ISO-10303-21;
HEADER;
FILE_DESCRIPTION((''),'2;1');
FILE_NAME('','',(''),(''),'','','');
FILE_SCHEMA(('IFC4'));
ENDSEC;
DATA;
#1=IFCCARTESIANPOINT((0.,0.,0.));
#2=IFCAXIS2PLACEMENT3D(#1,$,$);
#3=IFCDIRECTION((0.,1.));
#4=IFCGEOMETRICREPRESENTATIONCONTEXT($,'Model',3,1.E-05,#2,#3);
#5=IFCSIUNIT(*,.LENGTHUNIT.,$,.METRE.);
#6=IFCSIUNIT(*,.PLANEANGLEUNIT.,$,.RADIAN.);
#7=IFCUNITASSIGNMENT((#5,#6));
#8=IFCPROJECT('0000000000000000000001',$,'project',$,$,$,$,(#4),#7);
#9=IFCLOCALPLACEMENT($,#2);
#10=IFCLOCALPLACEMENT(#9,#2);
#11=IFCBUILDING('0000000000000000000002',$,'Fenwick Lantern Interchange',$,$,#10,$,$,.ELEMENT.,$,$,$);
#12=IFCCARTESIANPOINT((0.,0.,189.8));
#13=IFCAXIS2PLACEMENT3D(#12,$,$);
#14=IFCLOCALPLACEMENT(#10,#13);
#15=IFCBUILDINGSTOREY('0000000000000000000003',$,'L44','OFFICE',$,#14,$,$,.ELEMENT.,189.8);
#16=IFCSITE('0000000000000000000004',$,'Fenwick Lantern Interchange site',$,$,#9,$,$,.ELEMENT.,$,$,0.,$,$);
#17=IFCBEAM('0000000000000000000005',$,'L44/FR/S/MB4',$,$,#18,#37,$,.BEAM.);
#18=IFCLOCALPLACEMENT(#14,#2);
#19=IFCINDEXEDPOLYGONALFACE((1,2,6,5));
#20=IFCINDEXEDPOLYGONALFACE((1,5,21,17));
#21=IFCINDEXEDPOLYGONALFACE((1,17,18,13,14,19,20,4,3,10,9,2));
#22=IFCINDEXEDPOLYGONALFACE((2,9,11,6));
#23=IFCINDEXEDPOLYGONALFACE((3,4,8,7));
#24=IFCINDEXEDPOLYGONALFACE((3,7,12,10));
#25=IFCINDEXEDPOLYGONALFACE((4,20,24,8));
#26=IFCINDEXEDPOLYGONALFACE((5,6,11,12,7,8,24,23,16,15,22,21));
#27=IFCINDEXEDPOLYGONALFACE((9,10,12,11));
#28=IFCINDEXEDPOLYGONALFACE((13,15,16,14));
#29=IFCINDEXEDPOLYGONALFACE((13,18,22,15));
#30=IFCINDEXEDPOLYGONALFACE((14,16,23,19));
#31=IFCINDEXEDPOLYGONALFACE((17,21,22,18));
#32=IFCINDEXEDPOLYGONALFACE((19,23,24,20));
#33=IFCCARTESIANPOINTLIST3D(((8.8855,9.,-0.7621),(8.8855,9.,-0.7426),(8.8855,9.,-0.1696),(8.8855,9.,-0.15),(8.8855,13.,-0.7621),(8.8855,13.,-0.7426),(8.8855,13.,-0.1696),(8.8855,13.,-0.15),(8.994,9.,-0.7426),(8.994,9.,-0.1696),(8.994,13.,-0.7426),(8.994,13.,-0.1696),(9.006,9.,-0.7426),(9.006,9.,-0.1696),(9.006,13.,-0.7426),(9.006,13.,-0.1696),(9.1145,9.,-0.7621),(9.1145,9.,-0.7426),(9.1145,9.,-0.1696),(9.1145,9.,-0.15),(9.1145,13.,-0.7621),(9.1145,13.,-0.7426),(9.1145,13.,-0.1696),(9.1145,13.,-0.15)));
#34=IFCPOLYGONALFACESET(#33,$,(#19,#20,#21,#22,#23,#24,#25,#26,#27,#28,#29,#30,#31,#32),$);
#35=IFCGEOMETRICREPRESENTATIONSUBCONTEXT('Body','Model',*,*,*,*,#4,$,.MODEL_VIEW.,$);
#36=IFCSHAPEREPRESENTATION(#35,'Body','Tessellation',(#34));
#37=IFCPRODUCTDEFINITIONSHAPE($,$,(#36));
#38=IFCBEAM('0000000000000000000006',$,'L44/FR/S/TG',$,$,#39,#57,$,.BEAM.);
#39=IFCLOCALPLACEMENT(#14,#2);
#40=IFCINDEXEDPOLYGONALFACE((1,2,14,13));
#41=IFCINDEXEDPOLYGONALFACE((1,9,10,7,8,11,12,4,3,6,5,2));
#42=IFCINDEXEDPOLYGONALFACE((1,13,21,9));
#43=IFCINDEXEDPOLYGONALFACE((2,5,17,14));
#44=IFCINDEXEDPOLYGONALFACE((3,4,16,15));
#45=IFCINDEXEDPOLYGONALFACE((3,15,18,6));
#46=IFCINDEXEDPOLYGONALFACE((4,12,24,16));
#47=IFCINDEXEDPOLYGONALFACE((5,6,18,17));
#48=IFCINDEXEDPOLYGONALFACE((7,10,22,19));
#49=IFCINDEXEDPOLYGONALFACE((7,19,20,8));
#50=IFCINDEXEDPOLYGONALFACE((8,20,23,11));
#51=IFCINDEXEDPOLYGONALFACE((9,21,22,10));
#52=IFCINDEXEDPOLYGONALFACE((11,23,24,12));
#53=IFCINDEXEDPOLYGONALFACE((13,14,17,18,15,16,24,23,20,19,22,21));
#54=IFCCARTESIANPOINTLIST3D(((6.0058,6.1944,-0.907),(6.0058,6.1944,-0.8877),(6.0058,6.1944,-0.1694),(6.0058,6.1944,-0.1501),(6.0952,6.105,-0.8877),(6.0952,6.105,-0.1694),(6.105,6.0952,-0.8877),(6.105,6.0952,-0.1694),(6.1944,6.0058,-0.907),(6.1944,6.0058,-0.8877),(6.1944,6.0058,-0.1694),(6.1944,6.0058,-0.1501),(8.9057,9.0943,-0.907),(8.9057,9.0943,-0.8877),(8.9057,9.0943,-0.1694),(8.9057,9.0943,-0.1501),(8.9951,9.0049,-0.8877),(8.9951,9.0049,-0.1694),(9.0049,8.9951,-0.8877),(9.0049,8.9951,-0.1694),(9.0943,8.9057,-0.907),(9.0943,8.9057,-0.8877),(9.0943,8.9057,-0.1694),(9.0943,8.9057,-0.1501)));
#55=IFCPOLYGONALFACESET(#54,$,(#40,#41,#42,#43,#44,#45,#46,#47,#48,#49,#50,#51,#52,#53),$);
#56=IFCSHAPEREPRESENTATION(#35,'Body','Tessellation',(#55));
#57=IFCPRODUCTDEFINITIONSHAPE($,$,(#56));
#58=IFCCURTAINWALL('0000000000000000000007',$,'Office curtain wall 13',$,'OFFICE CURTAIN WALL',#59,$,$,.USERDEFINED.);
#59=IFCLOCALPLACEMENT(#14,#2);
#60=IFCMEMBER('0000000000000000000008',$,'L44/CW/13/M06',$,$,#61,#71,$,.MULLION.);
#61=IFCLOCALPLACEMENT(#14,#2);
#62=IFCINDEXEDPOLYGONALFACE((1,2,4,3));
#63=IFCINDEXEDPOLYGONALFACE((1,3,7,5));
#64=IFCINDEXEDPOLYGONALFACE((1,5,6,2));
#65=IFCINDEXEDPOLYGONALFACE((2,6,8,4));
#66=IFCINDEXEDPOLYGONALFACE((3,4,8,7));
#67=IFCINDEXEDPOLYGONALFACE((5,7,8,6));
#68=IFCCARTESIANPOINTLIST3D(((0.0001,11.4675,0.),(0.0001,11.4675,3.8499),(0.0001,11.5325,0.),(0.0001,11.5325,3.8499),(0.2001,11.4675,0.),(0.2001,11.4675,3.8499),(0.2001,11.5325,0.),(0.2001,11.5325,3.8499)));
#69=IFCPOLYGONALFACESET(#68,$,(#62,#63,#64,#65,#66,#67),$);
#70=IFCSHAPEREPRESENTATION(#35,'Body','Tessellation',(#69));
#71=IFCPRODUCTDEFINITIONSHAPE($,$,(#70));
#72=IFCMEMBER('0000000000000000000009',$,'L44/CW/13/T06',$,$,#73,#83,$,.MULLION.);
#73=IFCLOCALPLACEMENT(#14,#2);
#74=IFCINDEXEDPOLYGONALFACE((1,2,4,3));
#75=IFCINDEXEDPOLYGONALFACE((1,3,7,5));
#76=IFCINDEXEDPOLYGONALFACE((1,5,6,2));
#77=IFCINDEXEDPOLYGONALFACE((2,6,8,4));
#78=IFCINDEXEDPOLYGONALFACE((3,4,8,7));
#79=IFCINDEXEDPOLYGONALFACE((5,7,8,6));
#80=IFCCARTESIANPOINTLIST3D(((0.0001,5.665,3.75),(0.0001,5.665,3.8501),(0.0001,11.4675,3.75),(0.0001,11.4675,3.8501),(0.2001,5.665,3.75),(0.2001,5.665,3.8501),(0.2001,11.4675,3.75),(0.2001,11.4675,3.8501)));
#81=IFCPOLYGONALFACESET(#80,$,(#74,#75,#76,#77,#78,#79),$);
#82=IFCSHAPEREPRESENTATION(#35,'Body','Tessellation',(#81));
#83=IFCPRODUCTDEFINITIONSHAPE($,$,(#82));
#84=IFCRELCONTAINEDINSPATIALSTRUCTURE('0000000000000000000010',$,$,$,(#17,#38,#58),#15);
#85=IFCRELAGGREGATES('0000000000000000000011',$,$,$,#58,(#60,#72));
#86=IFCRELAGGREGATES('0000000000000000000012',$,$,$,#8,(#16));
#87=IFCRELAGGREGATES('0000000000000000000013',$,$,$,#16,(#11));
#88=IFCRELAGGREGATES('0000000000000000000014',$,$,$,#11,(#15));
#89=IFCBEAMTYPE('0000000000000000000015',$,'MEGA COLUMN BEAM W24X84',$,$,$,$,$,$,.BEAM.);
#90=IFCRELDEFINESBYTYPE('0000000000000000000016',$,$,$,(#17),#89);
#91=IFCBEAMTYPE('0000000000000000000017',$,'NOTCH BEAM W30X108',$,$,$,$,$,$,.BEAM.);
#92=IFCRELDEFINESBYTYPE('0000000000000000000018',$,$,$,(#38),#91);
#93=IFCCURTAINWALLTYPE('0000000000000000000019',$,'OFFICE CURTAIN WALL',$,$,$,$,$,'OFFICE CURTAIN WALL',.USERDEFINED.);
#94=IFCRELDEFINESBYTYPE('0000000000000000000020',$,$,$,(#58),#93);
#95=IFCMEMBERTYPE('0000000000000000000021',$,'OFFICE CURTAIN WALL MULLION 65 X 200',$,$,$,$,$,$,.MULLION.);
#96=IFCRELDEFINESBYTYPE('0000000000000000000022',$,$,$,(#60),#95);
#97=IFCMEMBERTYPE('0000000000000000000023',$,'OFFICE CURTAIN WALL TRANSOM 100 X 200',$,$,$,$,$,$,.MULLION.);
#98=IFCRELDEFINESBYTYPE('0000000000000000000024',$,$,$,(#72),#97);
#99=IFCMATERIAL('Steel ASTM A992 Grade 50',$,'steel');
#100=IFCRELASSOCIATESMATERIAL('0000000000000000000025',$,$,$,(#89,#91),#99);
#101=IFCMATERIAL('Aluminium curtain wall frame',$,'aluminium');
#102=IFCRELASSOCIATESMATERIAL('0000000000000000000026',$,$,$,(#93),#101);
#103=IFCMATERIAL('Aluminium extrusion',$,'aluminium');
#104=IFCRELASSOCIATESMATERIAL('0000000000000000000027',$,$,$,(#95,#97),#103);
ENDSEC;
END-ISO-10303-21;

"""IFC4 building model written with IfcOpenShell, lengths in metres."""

from ifc_helpers import new_model, si_unit, direction, frame, origin, origin_2d, place, context, subcontext, project, spatial, rectangle, i_section, extrude, material, material_profile, profile_set, type_object, element, aggregate, save


model = new_model("IFC4")

# Units and contexts
model_context = context("Model", 3, precision=1e-05, world=origin(), true_north=direction((0.0, 1.0)))
body_context = subcontext(model_context, "Body", "Model", "MODEL_VIEW")
ifc_project = project(units=[si_unit("LENGTHUNIT", "METRE"), si_unit("PLANEANGLEUNIT", "RADIAN")], contexts=[model_context])

# Site, building, storey
site_placement = place(None, origin())
site = spatial("IfcSite", under=ifc_project, at=site_placement, Name="Fenwick Lantern Interchange site", CompositionType="ELEMENT", RefElevation=0.0)
building_placement = place(site_placement, origin())
building = spatial("IfcBuilding", under=site, at=building_placement, Name="Fenwick Lantern Interchange", CompositionType="ELEMENT")
storey_placement = place(building_placement, frame((0.0, 0.0, 189.8)))
storey = spatial("IfcBuildingStorey", under=building, at=storey_placement, Name="L44", Description="OFFICE", CompositionType="ELEMENT", Elevation=189.8)

# Beams
ifc_material_1 = material(Name="Steel ASTM A992 Grade 50", Category="steel")
ifc_material_profile_1 = material_profile(ifc_material_1, i_section(OverallWidth=0.229, OverallDepth=0.6121, WebThickness=0.012, FlangeThickness=0.0195, at=origin_2d()), Name="W24X84")
ifc_profile_set_1 = profile_set([ifc_material_profile_1], Name="Steel ASTM A992 Grade 50")
beam_type_1 = type_object("IfcBeamType", Name="MEGA COLUMN BEAM W24X84", PredefinedType="BEAM", material=ifc_profile_set_1)
for number, where, z_axis, x_axis, name in (
    (1, (9.0, 9.0, -0.4561), (0.0, 1.0, 0.0), (-1.0, 0.0, 0.0), "L44/FR/S/MB4"),
):
    element("IfcBeam", number, at=place(storey_placement, frame(where, z_axis=z_axis, x_axis=x_axis)), inside=storey, type_object=beam_type_1, Name=name, PredefinedType="BEAM", context=body_context, shape_type="SweptSolid", body=[
        extrude(i_section(OverallWidth=0.229, OverallDepth=0.6121, WebThickness=0.012, FlangeThickness=0.0195, at=origin_2d()), origin(), (0.0, 0.0, 1.0), 4.0),
    ])
ifc_material_profile_2 = material_profile(ifc_material_1, i_section(OverallWidth=0.2666, OverallDepth=0.7568, WebThickness=0.0139, FlangeThickness=0.0193, at=origin_2d()), Name="W30X108")
ifc_profile_set_2 = profile_set([ifc_material_profile_2], Name="Steel ASTM A992 Grade 50")
beam_type_2 = type_object("IfcBeamType", Name="NOTCH BEAM W30X108", PredefinedType="BEAM", material=ifc_profile_set_2)
beam_1_placement = place(storey_placement, frame((9.0, 9.0, -0.5286), z_axis=(-0.707107, -0.707107, 0.0), x_axis=(0.707107, -0.707107, 0.0)))
element("IfcBeam", 2, at=beam_1_placement, inside=storey, type_object=beam_type_2, Name="L44/FR/S/TG", PredefinedType="BEAM", context=body_context, shape_type="SweptSolid", body=[
    extrude(i_section(OverallWidth=0.2666, OverallDepth=0.7568, WebThickness=0.0139, FlangeThickness=0.0193, at=origin_2d()), origin(), (0.0, 0.0, 1.0), 4.1011),
])

# Curtain wall, members
ifc_material_2 = material(Name="Aluminium curtain wall frame", Category="aluminium")
curtain_wall_type = type_object("IfcCurtainWallType", Name="OFFICE CURTAIN WALL", ElementType="OFFICE CURTAIN WALL", PredefinedType="USERDEFINED", material=ifc_material_2)
curtain_wall_placement = place(storey_placement, origin())
curtain_wall = element("IfcCurtainWall", 3, at=curtain_wall_placement, inside=storey, type_object=curtain_wall_type, Name="Office curtain wall 13", ObjectType="OFFICE CURTAIN WALL", PredefinedType="USERDEFINED")
ifc_material_3 = material(Name="Aluminium extrusion", Category="aluminium")
ifc_material_profile_3 = material_profile(ifc_material_3, rectangle(XDim=0.2, YDim=0.0649, at=origin_2d()), Name="OFFICE CURTAIN WALL MULLION 65 X 200")
ifc_profile_set_3 = profile_set([ifc_material_profile_3], Name="Aluminium extrusion")
member_type_1 = type_object("IfcMemberType", Name="OFFICE CURTAIN WALL MULLION 65 X 200", PredefinedType="MULLION", material=ifc_profile_set_3)
member_1_placement = place(storey_placement, frame((0.1001, 11.5, 0.0), z_axis=(0.0, 0.0, 1.0), x_axis=(1.0, 0.0, 0.0)))
member_1 = element("IfcMember", 4, at=member_1_placement, type_object=member_type_1, Name="L44/CW/13/M06", PredefinedType="MULLION", context=body_context, shape_type="SweptSolid", body=[
    extrude(rectangle(XDim=0.2, YDim=0.0649, at=origin_2d()), origin(), (0.0, 0.0, 1.0), 3.8499),
])
ifc_material_profile_4 = material_profile(ifc_material_3, rectangle(XDim=0.2, YDim=0.1001, at=origin_2d()), Name="OFFICE CURTAIN WALL TRANSOM 100 X 200")
ifc_profile_set_4 = profile_set([ifc_material_profile_4], Name="Aluminium extrusion")
member_type_2 = type_object("IfcMemberType", Name="OFFICE CURTAIN WALL TRANSOM 100 X 200", PredefinedType="MULLION", material=ifc_profile_set_4)
member_2_placement = place(storey_placement, frame((0.1001, 11.4675, 3.8), z_axis=(0.0, -1.0, 0.0), x_axis=(1.0, 0.0, 0.0)))
member_2 = element("IfcMember", 5, at=member_2_placement, type_object=member_type_2, Name="L44/CW/13/T06", PredefinedType="MULLION", context=body_context, shape_type="SweptSolid", body=[
    extrude(rectangle(XDim=0.2, YDim=0.1001, at=origin_2d()), origin(), (0.0, 0.0, 1.0), 5.8025),
])
aggregate(curtain_wall, [member_1, member_2])

save(model, "model.ifc")
